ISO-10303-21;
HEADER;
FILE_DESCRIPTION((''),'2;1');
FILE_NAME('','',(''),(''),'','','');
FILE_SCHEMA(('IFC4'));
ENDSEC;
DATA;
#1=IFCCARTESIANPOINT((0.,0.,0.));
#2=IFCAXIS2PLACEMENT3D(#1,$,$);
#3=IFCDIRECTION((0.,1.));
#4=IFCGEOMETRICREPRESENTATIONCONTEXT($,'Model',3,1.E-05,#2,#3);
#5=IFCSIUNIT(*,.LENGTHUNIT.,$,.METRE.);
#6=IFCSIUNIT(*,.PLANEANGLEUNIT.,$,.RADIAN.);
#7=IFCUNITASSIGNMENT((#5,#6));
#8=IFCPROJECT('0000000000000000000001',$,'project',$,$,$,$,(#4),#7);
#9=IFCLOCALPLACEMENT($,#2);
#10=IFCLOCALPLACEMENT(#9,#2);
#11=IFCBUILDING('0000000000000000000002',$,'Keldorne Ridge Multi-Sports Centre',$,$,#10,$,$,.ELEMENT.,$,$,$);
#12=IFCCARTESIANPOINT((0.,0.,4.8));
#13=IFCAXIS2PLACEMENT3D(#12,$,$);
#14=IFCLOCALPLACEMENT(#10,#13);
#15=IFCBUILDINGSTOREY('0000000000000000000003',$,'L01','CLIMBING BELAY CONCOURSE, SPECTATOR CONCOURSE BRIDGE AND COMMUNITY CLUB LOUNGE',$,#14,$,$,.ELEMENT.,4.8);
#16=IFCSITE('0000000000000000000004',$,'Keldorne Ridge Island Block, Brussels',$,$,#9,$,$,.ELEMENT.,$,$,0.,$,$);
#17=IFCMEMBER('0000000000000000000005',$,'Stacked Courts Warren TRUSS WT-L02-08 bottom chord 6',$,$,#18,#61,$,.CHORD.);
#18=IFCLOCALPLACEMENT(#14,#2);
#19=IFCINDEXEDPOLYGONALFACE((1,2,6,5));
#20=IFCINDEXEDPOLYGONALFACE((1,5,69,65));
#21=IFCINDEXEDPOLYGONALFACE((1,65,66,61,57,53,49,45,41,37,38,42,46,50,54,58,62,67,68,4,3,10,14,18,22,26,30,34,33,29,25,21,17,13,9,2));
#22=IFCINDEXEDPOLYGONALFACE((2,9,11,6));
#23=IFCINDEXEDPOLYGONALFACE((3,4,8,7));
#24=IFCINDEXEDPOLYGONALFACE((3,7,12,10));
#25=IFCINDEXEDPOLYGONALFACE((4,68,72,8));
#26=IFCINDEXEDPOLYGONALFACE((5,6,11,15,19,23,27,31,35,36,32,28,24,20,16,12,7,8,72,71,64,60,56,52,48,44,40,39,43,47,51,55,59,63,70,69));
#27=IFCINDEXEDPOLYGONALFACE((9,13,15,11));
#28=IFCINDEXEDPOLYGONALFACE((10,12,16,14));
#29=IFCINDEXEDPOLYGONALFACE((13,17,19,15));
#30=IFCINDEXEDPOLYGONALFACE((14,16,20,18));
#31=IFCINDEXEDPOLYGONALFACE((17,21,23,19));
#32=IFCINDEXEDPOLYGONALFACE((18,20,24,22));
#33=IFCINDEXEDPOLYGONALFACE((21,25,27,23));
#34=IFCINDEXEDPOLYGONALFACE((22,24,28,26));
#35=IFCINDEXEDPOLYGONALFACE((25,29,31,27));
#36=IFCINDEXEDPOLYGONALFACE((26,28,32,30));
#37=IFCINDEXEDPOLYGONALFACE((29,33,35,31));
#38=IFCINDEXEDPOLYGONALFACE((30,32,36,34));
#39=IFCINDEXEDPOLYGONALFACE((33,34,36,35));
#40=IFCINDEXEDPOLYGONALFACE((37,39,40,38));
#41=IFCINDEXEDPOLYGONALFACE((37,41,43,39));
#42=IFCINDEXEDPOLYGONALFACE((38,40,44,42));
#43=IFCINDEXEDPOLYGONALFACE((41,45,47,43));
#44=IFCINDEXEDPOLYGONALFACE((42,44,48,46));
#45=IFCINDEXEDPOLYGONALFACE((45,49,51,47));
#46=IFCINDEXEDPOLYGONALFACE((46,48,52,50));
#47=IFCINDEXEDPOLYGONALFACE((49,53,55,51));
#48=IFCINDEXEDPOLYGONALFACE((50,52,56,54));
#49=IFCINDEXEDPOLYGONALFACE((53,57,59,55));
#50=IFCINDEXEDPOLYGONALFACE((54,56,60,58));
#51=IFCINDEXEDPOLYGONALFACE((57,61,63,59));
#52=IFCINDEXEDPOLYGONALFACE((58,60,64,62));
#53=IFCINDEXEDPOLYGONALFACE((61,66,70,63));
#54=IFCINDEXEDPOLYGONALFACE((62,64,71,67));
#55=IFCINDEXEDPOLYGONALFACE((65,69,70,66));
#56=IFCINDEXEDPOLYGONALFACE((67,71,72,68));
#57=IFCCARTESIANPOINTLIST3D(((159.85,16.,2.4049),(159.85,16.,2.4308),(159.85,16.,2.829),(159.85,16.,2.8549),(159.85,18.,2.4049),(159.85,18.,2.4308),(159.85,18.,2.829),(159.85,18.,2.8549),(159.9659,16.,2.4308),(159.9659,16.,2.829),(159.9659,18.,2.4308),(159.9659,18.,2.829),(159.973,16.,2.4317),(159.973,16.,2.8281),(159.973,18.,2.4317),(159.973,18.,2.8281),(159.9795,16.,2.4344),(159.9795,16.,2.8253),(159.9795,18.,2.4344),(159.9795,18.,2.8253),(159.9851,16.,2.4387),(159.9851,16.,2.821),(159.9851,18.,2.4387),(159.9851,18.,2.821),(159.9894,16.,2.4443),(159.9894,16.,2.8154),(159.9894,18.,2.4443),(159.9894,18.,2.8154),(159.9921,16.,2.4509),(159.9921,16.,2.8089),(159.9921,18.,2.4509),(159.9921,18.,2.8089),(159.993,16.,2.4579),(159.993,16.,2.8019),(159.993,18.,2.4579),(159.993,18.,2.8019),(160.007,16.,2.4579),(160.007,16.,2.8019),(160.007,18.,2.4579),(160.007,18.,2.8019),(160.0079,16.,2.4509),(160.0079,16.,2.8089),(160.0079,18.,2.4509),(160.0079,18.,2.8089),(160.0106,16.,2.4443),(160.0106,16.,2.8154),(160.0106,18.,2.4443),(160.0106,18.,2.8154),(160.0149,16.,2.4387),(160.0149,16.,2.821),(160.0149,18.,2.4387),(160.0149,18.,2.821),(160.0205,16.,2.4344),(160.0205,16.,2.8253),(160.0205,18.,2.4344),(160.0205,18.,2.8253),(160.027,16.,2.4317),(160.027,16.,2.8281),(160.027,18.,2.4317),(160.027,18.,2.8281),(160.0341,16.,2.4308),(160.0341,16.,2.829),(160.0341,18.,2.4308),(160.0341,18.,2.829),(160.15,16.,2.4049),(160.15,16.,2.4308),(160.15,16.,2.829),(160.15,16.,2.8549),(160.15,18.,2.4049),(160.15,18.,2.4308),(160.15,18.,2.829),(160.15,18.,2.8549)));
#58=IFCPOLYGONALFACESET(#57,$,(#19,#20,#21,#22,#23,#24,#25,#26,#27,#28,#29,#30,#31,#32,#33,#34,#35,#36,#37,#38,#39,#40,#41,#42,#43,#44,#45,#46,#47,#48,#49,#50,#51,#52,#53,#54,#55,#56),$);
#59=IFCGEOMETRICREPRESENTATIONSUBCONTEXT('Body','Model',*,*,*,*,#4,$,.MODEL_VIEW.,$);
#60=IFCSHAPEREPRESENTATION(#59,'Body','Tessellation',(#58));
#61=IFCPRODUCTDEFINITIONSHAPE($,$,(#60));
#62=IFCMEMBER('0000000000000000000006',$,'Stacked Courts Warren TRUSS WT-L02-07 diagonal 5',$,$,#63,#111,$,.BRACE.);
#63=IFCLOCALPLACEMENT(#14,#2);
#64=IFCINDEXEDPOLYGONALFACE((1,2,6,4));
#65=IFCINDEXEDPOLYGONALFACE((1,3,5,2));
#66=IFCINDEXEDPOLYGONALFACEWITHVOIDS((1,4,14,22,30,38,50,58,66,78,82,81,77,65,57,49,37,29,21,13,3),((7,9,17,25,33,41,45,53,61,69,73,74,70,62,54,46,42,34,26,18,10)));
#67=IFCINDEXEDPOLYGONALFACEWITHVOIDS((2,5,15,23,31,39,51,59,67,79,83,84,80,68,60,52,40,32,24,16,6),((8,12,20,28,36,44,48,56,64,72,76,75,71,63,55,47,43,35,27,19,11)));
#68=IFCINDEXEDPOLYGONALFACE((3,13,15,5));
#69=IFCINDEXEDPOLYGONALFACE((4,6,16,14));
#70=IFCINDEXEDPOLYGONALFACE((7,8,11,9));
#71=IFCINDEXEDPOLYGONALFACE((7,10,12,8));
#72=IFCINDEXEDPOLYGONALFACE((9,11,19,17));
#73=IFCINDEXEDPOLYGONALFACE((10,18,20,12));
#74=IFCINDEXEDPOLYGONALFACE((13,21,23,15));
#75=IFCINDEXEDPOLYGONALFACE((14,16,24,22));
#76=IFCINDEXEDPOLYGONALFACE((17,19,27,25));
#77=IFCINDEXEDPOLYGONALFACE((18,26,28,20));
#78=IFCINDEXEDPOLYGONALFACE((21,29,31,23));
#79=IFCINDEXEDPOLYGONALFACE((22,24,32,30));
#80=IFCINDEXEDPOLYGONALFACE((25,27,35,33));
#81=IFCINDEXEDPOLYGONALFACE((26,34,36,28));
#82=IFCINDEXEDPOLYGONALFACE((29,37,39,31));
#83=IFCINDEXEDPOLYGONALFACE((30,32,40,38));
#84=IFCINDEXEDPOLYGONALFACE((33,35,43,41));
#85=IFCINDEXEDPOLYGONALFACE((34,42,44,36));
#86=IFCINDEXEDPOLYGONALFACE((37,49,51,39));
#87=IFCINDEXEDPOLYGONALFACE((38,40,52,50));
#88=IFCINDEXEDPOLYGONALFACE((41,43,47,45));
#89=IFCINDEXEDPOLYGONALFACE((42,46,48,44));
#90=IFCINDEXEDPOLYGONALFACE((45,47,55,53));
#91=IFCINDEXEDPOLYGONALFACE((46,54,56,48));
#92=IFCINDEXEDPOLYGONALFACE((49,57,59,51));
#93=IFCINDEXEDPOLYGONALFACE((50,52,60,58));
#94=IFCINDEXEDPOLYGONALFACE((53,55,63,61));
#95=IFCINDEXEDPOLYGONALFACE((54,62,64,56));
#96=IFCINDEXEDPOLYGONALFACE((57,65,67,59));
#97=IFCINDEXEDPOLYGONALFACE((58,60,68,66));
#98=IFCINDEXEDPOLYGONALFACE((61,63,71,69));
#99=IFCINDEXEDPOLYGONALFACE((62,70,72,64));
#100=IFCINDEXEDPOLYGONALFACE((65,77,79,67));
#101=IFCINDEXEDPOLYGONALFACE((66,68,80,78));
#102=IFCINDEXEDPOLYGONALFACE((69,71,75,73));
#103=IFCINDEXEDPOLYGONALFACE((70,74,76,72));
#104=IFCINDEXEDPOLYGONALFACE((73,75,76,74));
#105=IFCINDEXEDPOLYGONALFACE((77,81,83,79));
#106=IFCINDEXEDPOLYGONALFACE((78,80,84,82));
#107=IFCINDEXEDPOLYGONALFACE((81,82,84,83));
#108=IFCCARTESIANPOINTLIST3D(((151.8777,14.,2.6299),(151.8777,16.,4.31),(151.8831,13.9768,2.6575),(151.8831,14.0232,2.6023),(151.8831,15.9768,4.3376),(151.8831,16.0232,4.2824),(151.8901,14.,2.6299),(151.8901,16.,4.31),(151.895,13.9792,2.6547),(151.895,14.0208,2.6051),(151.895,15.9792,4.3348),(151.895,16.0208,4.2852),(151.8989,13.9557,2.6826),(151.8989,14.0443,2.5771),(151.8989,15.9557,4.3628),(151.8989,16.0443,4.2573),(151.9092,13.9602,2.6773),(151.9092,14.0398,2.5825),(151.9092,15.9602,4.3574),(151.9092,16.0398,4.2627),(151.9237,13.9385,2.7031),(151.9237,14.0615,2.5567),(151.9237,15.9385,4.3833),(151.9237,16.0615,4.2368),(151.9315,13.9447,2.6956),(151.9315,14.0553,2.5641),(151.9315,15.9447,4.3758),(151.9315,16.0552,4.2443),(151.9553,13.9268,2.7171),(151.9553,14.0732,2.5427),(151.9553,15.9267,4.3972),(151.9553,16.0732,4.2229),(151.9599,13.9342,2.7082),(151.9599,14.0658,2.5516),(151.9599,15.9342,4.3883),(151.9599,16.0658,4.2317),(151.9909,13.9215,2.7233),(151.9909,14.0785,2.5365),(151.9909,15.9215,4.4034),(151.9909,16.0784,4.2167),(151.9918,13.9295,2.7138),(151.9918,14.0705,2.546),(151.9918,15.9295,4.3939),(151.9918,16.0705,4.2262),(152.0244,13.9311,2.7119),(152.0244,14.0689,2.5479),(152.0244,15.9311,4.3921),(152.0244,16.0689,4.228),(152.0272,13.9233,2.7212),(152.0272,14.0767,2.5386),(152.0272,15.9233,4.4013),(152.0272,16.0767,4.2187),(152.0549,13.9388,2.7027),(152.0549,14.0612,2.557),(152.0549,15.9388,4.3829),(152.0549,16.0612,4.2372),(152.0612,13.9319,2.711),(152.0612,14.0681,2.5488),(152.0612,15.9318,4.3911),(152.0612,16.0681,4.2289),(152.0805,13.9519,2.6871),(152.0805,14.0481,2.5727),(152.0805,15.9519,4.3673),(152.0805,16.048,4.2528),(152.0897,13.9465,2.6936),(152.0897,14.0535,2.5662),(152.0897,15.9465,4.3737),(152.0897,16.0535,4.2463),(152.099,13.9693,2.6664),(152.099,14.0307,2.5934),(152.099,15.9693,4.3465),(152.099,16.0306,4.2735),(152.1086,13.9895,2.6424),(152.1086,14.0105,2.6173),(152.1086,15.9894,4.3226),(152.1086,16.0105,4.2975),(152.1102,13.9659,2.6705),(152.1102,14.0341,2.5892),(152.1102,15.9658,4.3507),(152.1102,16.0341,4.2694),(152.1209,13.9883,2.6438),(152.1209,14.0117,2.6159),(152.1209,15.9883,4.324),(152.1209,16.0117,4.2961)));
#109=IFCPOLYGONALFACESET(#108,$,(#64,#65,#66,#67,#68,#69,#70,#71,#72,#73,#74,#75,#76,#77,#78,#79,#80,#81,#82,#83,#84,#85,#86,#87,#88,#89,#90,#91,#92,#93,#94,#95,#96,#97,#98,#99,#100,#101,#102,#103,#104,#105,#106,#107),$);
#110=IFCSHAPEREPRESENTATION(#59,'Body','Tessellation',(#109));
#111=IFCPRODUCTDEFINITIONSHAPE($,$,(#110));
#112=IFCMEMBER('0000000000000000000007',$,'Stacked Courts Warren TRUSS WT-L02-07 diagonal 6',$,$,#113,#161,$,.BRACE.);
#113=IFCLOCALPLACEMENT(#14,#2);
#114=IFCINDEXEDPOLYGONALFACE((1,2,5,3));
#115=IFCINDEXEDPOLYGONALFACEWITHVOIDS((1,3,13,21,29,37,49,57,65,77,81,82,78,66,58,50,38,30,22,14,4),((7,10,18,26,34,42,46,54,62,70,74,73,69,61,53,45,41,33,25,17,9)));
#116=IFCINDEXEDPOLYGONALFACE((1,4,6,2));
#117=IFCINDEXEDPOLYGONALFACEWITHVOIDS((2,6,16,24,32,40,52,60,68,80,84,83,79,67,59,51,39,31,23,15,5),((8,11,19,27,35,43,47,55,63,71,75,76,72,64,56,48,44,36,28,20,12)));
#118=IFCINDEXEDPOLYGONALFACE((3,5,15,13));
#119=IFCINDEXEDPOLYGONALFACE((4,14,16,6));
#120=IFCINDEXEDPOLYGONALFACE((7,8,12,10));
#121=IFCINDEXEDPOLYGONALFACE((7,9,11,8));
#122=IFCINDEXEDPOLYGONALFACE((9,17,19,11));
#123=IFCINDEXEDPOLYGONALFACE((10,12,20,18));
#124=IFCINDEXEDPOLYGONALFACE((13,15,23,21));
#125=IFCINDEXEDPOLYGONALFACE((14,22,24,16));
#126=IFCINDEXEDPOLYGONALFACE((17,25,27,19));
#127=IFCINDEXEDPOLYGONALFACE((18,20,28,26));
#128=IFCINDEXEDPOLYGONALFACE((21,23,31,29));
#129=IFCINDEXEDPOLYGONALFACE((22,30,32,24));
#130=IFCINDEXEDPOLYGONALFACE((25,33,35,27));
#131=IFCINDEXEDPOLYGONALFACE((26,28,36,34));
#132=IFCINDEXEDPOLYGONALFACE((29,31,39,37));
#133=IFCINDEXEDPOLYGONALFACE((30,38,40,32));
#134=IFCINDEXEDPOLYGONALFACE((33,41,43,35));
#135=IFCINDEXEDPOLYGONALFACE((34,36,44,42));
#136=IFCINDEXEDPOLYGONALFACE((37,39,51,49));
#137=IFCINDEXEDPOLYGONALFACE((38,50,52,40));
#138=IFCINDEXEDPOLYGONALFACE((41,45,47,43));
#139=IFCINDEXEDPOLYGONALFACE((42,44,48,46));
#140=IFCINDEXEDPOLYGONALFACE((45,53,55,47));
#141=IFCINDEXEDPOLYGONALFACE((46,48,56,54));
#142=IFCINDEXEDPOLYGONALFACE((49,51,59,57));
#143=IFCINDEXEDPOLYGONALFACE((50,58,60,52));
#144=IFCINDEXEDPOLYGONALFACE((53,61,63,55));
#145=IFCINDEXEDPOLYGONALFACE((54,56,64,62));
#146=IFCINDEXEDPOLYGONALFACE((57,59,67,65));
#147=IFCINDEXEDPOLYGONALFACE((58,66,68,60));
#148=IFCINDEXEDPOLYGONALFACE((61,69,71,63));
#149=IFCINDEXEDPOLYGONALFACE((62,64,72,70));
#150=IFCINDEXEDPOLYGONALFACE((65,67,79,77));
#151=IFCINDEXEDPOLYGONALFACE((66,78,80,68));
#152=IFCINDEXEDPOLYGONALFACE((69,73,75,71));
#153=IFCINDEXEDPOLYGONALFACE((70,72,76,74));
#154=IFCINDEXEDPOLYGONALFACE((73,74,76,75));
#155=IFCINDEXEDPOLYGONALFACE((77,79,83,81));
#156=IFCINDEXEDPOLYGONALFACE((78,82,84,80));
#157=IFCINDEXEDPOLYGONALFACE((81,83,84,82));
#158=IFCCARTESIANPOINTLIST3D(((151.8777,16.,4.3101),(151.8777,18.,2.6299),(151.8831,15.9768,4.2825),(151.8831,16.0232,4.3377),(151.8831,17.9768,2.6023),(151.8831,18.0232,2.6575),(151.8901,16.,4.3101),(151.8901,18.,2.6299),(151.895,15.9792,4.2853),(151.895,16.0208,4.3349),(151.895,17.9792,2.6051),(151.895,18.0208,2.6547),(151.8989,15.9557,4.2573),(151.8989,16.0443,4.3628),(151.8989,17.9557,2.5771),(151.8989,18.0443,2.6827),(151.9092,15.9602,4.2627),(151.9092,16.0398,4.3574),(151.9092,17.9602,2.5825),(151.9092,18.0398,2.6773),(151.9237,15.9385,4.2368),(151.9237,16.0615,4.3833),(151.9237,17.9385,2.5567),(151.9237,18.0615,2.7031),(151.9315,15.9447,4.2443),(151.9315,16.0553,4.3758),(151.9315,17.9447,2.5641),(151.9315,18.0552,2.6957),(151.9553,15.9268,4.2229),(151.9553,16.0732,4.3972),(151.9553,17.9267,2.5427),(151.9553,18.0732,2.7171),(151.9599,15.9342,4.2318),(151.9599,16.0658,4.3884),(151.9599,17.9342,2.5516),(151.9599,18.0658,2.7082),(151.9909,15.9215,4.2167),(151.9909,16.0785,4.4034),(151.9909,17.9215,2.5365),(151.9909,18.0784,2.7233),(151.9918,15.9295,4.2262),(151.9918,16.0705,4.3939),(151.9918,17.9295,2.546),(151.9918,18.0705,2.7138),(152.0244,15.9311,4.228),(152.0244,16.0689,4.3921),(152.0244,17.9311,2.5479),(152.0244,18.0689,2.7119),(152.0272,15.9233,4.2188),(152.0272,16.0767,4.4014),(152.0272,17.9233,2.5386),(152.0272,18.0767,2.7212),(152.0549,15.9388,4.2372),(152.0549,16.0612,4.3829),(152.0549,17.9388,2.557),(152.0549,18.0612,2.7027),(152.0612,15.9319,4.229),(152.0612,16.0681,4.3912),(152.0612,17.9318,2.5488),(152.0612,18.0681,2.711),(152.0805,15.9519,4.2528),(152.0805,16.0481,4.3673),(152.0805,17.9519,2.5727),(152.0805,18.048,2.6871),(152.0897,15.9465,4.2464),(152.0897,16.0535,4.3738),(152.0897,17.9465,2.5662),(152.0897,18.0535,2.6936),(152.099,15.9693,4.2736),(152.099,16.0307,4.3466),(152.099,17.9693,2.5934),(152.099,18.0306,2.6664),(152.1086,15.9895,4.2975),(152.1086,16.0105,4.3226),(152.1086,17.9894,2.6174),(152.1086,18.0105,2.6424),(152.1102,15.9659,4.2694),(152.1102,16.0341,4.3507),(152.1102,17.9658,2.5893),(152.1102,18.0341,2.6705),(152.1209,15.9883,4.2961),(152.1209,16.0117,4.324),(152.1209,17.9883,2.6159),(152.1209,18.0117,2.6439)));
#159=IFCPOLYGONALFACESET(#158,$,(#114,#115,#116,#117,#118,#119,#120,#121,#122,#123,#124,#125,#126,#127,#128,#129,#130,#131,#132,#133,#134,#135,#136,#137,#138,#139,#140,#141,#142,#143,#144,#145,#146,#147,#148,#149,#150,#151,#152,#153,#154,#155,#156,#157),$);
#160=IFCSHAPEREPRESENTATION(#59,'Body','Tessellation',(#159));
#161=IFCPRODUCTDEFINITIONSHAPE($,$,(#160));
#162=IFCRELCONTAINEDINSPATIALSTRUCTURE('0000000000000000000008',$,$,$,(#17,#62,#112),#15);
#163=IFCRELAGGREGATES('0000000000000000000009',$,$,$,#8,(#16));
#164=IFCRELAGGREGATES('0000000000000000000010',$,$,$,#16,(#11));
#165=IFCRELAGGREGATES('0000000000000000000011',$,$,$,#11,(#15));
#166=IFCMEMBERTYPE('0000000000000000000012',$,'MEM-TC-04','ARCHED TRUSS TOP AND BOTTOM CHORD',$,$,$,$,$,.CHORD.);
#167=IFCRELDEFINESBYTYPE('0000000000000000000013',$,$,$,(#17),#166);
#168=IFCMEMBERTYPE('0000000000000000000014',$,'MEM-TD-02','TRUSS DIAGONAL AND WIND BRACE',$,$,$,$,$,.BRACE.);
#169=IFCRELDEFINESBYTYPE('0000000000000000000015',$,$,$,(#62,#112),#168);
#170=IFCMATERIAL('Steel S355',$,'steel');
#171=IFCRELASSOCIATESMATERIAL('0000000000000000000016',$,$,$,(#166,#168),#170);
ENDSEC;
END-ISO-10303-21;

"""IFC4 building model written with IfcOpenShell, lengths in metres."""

from ifc_helpers import new_model, si_unit, direction, frame, origin, origin_2d, place, context, subcontext, project, spatial, hollow_circle, i_section, extrude, material, material_profile, profile_set, type_object, element, save


model = new_model("IFC4")

# Units and contexts
model_context = context("Model", 3, precision=1e-05, world=origin(), true_north=direction((0.0, 1.0)))
body_context = subcontext(model_context, "Body", "Model", "MODEL_VIEW")
ifc_project = project(units=[si_unit("LENGTHUNIT", "METRE"), si_unit("PLANEANGLEUNIT", "RADIAN")], contexts=[model_context])

# Site, building, storey
site_placement = place(None, origin())
site = spatial("IfcSite", under=ifc_project, at=site_placement, Name="Keldorne Ridge Island Block, Brussels", CompositionType="ELEMENT", RefElevation=0.0)
building_placement = place(site_placement, origin())
building = spatial("IfcBuilding", under=site, at=building_placement, Name="Keldorne Ridge Multi-Sports Centre", CompositionType="ELEMENT")
storey_placement = place(building_placement, frame((0.0, 0.0, 4.8)))
storey = spatial("IfcBuildingStorey", under=building, at=storey_placement, Name="L01", Description="CLIMBING BELAY CONCOURSE, SPECTATOR CONCOURSE BRIDGE AND COMMUNITY CLUB LOUNGE", CompositionType="ELEMENT", Elevation=4.8)

# Shared definitions
ifc_material_1 = material(Name="Steel S355", Category="steel")

# Members
ifc_material_profile_1 = material_profile(ifc_material_1, i_section(OverallWidth=0.3, OverallDepth=0.45, WebThickness=0.0139, FlangeThickness=0.0259, FilletRadius=0.0271, at=origin_2d()), Name="HEB 450")
ifc_profile_set_1 = profile_set([ifc_material_profile_1], Name="Steel S355")
member_type_1 = type_object("IfcMemberType", Name="MEM-TC-04", Description="ARCHED TRUSS TOP AND BOTTOM CHORD", PredefinedType="CHORD", material=ifc_profile_set_1)
for number, where, z_axis, x_axis, name in (
    (1, (160.0, 16.0, 2.6299), (0.0, 1.0, 0.0), (-1.0, 0.0, 0.0), "Stacked Courts Warren TRUSS WT-L02-08 bottom chord 6"),
):
    element("IfcMember", number, at=place(storey_placement, frame(where, z_axis=z_axis, x_axis=x_axis)), inside=storey, type_object=member_type_1, Name=name, PredefinedType="CHORD", context=body_context, shape_type="SweptSolid", body=[
        extrude(i_section(OverallWidth=0.3, OverallDepth=0.45, WebThickness=0.0139, FlangeThickness=0.0259, FilletRadius=0.0271, at=origin_2d()), origin(), (0.0, 0.0, 1.0), 2.0),
    ])
ifc_material_profile_2 = material_profile(ifc_material_1, hollow_circle(Radius=0.1223, WallThickness=0.0125, at=origin_2d()), Name="CHS 244.5x12.5")
ifc_profile_set_2 = profile_set([ifc_material_profile_2], Name="Steel S355")
member_type_2 = type_object("IfcMemberType", Name="MEM-TD-02", Description="TRUSS DIAGONAL AND WIND BRACE", PredefinedType="BRACE", material=ifc_profile_set_2)
for number, where, z_axis, x_axis, name in (
    (2, (152.0, 14.0, 2.6299), (0.0, 0.765672, 0.643232), (-1.0, 0.0, 0.0), "Stacked Courts Warren TRUSS WT-L02-07 diagonal 5"),
    (3, (152.0, 16.0, 4.3101), (0.0, 0.765672, -0.643232), (-1.0, 0.0, 0.0), "Stacked Courts Warren TRUSS WT-L02-07 diagonal 6"),
):
    element("IfcMember", number, at=place(storey_placement, frame(where, z_axis=z_axis, x_axis=x_axis)), inside=storey, type_object=member_type_2, Name=name, PredefinedType="BRACE", context=body_context, shape_type="SweptSolid", body=[
        extrude(hollow_circle(Radius=0.1223, WallThickness=0.0125, at=origin_2d()), origin(), (0.0, 0.0, 1.0), 2.6121),
    ])

save(model, "model.ifc")
